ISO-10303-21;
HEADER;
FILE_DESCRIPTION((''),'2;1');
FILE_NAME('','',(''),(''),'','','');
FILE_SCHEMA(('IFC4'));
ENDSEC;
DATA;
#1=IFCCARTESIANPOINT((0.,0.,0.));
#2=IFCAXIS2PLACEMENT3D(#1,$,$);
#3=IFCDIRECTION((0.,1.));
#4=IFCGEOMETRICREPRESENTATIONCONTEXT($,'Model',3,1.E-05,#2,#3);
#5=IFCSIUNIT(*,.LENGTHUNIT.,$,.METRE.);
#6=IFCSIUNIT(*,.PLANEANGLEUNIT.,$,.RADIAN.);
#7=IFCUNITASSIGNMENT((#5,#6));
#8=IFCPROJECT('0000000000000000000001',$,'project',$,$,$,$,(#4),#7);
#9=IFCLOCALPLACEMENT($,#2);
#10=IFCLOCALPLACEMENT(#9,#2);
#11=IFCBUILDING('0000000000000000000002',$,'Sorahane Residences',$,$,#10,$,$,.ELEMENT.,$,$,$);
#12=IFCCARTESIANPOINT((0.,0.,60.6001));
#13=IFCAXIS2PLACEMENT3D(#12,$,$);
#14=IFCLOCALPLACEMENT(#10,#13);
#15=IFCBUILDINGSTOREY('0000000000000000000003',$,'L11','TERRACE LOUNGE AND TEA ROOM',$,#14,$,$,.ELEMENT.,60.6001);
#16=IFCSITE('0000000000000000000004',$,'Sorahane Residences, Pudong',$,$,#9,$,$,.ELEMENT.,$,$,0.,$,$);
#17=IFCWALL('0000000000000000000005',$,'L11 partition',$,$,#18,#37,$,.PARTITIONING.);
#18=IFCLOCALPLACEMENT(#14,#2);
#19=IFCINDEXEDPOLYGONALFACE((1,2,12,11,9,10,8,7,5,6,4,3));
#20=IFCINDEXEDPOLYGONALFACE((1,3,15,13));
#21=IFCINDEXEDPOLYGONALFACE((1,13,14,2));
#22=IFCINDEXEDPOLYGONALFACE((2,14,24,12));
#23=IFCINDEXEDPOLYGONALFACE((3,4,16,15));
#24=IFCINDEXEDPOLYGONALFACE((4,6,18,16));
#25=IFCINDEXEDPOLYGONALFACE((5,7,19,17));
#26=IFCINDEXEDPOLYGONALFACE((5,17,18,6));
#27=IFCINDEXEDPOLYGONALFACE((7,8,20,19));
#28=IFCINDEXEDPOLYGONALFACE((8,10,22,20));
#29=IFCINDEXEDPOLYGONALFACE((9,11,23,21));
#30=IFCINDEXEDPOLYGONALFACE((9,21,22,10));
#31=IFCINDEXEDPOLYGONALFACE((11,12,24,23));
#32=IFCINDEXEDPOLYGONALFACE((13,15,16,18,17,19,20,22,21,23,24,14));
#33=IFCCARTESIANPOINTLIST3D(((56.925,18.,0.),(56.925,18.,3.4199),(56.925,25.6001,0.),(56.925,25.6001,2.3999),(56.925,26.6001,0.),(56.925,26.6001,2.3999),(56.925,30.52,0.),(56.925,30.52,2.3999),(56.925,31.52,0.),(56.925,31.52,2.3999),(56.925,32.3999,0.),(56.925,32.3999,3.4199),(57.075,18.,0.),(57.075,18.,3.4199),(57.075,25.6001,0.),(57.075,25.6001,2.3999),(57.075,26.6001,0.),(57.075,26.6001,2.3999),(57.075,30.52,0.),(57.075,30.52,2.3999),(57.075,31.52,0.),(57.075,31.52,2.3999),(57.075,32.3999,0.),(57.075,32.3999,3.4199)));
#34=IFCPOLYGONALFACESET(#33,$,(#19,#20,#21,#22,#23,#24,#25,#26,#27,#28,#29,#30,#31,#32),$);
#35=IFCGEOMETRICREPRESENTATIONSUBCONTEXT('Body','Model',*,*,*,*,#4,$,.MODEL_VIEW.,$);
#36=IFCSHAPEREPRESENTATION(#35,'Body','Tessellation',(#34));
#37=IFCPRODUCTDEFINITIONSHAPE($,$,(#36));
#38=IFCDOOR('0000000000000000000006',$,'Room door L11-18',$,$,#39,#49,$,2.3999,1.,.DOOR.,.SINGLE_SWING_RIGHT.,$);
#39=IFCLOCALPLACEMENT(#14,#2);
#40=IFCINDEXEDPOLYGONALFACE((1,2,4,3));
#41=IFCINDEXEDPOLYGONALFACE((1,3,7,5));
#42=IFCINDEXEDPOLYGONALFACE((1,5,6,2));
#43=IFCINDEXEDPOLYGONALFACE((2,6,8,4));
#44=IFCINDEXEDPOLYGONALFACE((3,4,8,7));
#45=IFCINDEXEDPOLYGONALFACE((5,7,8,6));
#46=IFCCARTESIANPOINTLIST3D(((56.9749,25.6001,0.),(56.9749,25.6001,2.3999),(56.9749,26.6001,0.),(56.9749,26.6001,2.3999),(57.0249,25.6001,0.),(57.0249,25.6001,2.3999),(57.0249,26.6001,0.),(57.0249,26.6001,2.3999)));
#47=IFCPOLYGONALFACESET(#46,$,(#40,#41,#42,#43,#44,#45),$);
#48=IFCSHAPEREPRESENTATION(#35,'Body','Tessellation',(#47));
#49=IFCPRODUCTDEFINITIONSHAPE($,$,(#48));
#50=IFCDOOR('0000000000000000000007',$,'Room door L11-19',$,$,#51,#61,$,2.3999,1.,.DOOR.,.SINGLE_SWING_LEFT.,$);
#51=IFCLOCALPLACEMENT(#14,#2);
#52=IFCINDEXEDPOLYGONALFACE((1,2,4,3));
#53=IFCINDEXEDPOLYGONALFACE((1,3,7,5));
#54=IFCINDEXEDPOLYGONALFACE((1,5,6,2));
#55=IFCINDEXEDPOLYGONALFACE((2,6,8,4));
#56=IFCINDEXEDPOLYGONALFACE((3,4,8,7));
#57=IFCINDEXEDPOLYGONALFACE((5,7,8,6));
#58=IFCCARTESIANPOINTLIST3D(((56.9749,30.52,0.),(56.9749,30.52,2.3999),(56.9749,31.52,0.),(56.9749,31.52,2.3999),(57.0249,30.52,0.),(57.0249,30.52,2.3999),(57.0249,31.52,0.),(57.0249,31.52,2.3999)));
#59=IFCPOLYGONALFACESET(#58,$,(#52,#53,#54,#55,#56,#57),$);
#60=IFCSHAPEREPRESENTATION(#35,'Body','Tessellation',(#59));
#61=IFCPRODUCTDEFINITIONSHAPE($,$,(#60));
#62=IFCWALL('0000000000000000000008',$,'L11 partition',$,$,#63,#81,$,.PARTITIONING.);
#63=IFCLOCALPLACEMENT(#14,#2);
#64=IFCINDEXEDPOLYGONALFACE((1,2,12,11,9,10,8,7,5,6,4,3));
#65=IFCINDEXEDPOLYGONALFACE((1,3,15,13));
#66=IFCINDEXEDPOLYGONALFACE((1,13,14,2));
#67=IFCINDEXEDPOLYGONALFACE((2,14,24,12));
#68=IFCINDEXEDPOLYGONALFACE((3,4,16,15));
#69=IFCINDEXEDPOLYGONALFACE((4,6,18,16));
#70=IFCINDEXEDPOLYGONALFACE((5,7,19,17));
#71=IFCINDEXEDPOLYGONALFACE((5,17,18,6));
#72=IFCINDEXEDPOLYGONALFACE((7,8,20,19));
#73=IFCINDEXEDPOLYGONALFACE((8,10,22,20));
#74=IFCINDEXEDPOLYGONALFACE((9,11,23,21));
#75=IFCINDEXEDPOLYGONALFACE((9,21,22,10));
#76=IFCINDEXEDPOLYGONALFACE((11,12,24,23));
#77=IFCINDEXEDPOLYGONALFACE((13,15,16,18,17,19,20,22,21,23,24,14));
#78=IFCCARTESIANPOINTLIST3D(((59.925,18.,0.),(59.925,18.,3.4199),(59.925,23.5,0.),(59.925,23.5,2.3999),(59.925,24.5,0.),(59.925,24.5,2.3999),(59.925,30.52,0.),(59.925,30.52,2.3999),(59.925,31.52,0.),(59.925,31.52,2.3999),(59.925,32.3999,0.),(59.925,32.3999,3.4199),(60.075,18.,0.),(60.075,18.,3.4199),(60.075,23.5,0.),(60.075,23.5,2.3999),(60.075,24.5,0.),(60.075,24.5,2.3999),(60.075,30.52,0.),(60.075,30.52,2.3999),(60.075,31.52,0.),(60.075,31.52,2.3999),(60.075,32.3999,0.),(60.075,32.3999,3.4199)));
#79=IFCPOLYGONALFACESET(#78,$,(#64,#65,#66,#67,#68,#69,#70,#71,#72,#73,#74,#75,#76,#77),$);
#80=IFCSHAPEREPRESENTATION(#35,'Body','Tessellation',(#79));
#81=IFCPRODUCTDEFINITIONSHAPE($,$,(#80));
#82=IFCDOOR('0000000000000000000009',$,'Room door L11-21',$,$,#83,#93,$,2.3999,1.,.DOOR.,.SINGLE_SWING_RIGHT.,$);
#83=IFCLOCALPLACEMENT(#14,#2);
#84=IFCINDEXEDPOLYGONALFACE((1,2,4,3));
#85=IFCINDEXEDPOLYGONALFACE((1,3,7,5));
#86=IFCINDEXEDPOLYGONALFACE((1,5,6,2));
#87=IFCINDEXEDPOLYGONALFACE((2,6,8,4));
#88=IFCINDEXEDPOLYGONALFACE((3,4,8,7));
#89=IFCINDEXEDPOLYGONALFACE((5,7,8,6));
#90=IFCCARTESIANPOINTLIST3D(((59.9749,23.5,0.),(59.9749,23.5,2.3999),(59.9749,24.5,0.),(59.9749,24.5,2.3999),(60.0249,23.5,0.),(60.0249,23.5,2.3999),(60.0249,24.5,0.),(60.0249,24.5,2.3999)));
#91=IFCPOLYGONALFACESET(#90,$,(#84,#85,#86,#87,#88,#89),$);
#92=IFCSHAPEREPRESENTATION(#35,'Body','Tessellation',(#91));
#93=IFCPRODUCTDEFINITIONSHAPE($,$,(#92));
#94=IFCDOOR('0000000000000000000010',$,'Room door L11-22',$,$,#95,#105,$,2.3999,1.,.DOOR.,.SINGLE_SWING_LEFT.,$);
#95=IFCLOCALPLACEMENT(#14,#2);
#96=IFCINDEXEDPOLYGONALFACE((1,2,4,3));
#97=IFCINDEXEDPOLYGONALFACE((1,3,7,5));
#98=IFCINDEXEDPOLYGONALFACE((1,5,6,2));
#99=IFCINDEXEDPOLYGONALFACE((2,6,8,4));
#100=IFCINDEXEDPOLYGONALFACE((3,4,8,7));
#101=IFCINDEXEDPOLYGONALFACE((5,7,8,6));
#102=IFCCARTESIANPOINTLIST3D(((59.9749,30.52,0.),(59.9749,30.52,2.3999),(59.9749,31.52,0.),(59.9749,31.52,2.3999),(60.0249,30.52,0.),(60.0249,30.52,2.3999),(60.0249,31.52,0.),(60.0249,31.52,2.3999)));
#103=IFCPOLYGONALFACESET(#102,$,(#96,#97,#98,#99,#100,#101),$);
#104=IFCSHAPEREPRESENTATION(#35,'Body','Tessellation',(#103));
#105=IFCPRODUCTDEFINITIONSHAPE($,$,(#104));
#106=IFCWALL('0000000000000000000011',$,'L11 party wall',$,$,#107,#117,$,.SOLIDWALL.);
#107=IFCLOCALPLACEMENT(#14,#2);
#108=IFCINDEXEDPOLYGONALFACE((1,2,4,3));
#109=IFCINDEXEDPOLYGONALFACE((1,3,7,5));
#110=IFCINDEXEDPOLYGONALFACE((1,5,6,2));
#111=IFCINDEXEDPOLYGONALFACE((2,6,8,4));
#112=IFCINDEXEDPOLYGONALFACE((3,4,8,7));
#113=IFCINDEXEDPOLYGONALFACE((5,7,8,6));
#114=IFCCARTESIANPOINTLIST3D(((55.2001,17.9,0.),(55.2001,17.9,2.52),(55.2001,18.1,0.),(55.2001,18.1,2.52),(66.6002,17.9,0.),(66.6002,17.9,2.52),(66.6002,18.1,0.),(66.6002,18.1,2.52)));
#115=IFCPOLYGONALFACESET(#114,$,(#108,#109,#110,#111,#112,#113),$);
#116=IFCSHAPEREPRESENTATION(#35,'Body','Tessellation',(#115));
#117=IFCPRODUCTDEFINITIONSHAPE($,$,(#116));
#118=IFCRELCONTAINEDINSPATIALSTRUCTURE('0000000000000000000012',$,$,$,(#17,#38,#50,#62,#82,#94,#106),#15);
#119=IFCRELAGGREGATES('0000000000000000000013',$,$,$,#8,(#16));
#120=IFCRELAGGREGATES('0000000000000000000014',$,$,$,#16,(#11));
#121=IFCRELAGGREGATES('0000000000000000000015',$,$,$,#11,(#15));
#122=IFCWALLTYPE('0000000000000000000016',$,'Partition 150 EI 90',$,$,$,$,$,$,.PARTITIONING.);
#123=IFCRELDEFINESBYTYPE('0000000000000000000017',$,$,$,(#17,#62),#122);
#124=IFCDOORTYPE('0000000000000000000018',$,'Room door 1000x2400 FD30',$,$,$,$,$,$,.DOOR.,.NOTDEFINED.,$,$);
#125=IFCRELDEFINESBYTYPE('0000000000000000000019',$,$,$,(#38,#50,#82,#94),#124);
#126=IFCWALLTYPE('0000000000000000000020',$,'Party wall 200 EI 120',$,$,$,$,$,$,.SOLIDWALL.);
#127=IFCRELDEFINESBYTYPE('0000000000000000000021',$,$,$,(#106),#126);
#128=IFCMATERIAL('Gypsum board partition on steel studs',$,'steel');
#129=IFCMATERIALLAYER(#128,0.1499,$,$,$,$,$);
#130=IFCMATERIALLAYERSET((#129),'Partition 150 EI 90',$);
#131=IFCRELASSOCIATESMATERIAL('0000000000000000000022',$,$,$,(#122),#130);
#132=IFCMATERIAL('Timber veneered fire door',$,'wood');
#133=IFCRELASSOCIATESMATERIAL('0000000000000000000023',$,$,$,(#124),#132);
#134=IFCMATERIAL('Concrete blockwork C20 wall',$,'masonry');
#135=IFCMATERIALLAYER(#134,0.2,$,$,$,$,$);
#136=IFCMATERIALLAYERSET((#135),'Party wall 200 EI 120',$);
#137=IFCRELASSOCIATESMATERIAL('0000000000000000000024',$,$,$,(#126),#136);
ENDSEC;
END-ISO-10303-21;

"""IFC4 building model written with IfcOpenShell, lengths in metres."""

from ifc_helpers import new_model, si_unit, direction, frame, frame_2d, origin, place, context, subcontext, project, spatial, rectangle, extrude, material, layer, layer_set, type_object, element, fill, save


model = new_model("IFC4")

# Units and contexts
model_context = context("Model", 3, precision=1e-05, world=origin(), true_north=direction((0.0, 1.0)))
body_context = subcontext(model_context, "Body", "Model", "MODEL_VIEW")
ifc_project = project(units=[si_unit("LENGTHUNIT", "METRE"), si_unit("PLANEANGLEUNIT", "RADIAN")], contexts=[model_context])

# Site, building, storey
site_placement = place(None, origin())
site = spatial("IfcSite", under=ifc_project, at=site_placement, Name="Sorahane Residences, Pudong", CompositionType="ELEMENT", RefElevation=0.0)
building_placement = place(site_placement, origin())
building = spatial("IfcBuilding", under=site, at=building_placement, Name="Sorahane Residences", CompositionType="ELEMENT")
storey_placement = place(building_placement, frame((0.0, 0.0, 60.6001)))
storey = spatial("IfcBuildingStorey", under=building, at=storey_placement, Name="L11", Description="TERRACE LOUNGE AND TEA ROOM", CompositionType="ELEMENT", Elevation=60.6001)

# Walls, openings, doors
ifc_material_1 = material(Name="Gypsum board partition on steel studs", Category="steel")
ifc_layer_1 = layer(ifc_material_1, 0.1499)
ifc_layer_set_1 = layer_set([ifc_layer_1], Name="Partition 150 EI 90")
wall_type_1 = type_object("IfcWallType", Name="Partition 150 EI 90", PredefinedType="PARTITIONING", material=ifc_layer_set_1)
wall_1_placement = place(storey_placement, frame((57.0, 18.0, 0.0), z_axis=(0.0, 0.0, 1.0), x_axis=(0.0, 1.0, 0.0)))
wall_1 = element("IfcWall", 1, at=wall_1_placement, inside=storey, type_object=wall_type_1, Name="L11 partition", PredefinedType="PARTITIONING", context=body_context, shape_type="SweptSolid", body=[
    extrude(rectangle(XDim=14.3999, YDim=0.1499, at=frame_2d((7.2, 0.0))), origin(), (0.0, 0.0, 1.0), 3.4199),
])
opening_1_placement = place(wall_1_placement, frame((7.6001, 0.0, 0.0)))
opening_1 = element("IfcOpeningElement", 2, at=opening_1_placement, cuts=wall_1, PredefinedType="OPENING", context=body_context, shape_type="SweptSolid", body=[
    extrude(rectangle(XDim=1.0, YDim=2.3999, at=frame_2d((0.5, 1.2))), frame((0.0, 0.085, 0.0), z_axis=(0.0, -1.0, 0.0), x_axis=(1.0, 0.0, 0.0)), (0.0, 0.0, 1.0), 0.1699),
])
opening_2_placement = place(wall_1_placement, frame((12.52, 0.0, 0.0)))
opening_2 = element("IfcOpeningElement", 3, at=opening_2_placement, cuts=wall_1, PredefinedType="OPENING", context=body_context, shape_type="SweptSolid", body=[
    extrude(rectangle(XDim=1.0, YDim=2.3999, at=frame_2d((0.5, 1.2))), frame((0.0, 0.085, 0.0), z_axis=(0.0, -1.0, 0.0), x_axis=(1.0, 0.0, 0.0)), (0.0, 0.0, 1.0), 0.1699),
])
ifc_material_2 = material(Name="Timber veneered fire door", Category="wood")
door_type_1 = type_object("IfcDoorType", Name="Room door 1000x2400 FD30", OperationType="NOTDEFINED", PredefinedType="DOOR", material=ifc_material_2)
door_1_placement = place(opening_1_placement, frame((1.0, 0.0, 0.0), z_axis=(0.0, 0.0, 1.0), x_axis=(-1.0, 0.0, 0.0)))
door_1 = element("IfcDoor", 4, at=door_1_placement, inside=storey, type_object=door_type_1, Name="Room door L11-18", OperationType="SINGLE_SWING_RIGHT", OverallHeight=2.3999, OverallWidth=1.0, PredefinedType="DOOR", context=body_context, shape_type="SweptSolid", body=[
    extrude(rectangle(XDim=1.0, YDim=2.3999, at=frame_2d((0.5, 1.2))), frame((0.0, 0.0249, 0.0), z_axis=(0.0, -1.0, 0.0), x_axis=(1.0, 0.0, 0.0)), (0.0, 0.0, 1.0), 0.05),
])
fill(opening_1, door_1)
door_2_placement = place(opening_2_placement, frame((1.0, 0.0, 0.0), z_axis=(0.0, 0.0, 1.0), x_axis=(-1.0, 0.0, 0.0)))
door_2 = element("IfcDoor", 5, at=door_2_placement, inside=storey, type_object=door_type_1, Name="Room door L11-19", OperationType="SINGLE_SWING_LEFT", OverallHeight=2.3999, OverallWidth=1.0, PredefinedType="DOOR", context=body_context, shape_type="SweptSolid", body=[
    extrude(rectangle(XDim=1.0, YDim=2.3999, at=frame_2d((0.5, 1.2))), frame((0.0, 0.0249, 0.0), z_axis=(0.0, -1.0, 0.0), x_axis=(1.0, 0.0, 0.0)), (0.0, 0.0, 1.0), 0.05),
])
fill(opening_2, door_2)
wall_2_placement = place(storey_placement, frame((60.0, 18.0, 0.0), z_axis=(0.0, 0.0, 1.0), x_axis=(0.0, 1.0, 0.0)))
wall_2 = element("IfcWall", 6, at=wall_2_placement, inside=storey, type_object=wall_type_1, Name="L11 partition", PredefinedType="PARTITIONING", context=body_context, shape_type="SweptSolid", body=[
    extrude(rectangle(XDim=14.3999, YDim=0.1499, at=frame_2d((7.2, 0.0))), origin(), (0.0, 0.0, 1.0), 3.4199),
])
opening_3_placement = place(wall_2_placement, frame((5.5, 0.0, 0.0)))
opening_3 = element("IfcOpeningElement", 7, at=opening_3_placement, cuts=wall_2, PredefinedType="OPENING", context=body_context, shape_type="SweptSolid", body=[
    extrude(rectangle(XDim=1.0, YDim=2.3999, at=frame_2d((0.5, 1.2))), frame((0.0, 0.085, 0.0), z_axis=(0.0, -1.0, 0.0), x_axis=(1.0, 0.0, 0.0)), (0.0, 0.0, 1.0), 0.1699),
])
opening_4_placement = place(wall_2_placement, frame((12.52, 0.0, 0.0)))
opening_4 = element("IfcOpeningElement", 8, at=opening_4_placement, cuts=wall_2, PredefinedType="OPENING", context=body_context, shape_type="SweptSolid", body=[
    extrude(rectangle(XDim=1.0, YDim=2.3999, at=frame_2d((0.5, 1.2))), frame((0.0, 0.085, 0.0), z_axis=(0.0, -1.0, 0.0), x_axis=(1.0, 0.0, 0.0)), (0.0, 0.0, 1.0), 0.1699),
])
door_3_placement = place(opening_3_placement, frame((1.0, 0.0, 0.0), z_axis=(0.0, 0.0, 1.0), x_axis=(-1.0, 0.0, 0.0)))
door_3 = element("IfcDoor", 9, at=door_3_placement, inside=storey, type_object=door_type_1, Name="Room door L11-21", OperationType="SINGLE_SWING_RIGHT", OverallHeight=2.3999, OverallWidth=1.0, PredefinedType="DOOR", context=body_context, shape_type="SweptSolid", body=[
    extrude(rectangle(XDim=1.0, YDim=2.3999, at=frame_2d((0.5, 1.2))), frame((0.0, 0.0249, 0.0), z_axis=(0.0, -1.0, 0.0), x_axis=(1.0, 0.0, 0.0)), (0.0, 0.0, 1.0), 0.05),
])
fill(opening_3, door_3)
door_4_placement = place(opening_4_placement, frame((1.0, 0.0, 0.0), z_axis=(0.0, 0.0, 1.0), x_axis=(-1.0, 0.0, 0.0)))
door_4 = element("IfcDoor", 10, at=door_4_placement, inside=storey, type_object=door_type_1, Name="Room door L11-22", OperationType="SINGLE_SWING_LEFT", OverallHeight=2.3999, OverallWidth=1.0, PredefinedType="DOOR", context=body_context, shape_type="SweptSolid", body=[
    extrude(rectangle(XDim=1.0, YDim=2.3999, at=frame_2d((0.5, 1.2))), frame((0.0, 0.0249, 0.0), z_axis=(0.0, -1.0, 0.0), x_axis=(1.0, 0.0, 0.0)), (0.0, 0.0, 1.0), 0.05),
])
fill(opening_4, door_4)

# Wall
ifc_material_3 = material(Name="Concrete blockwork C20 wall", Category="masonry")
ifc_layer_2 = layer(ifc_material_3, 0.2)
ifc_layer_set_2 = layer_set([ifc_layer_2], Name="Party wall 200 EI 120")
wall_type_2 = type_object("IfcWallType", Name="Party wall 200 EI 120", PredefinedType="SOLIDWALL", material=ifc_layer_set_2)
wall_3_placement = place(storey_placement, frame((55.2, 18.0, 0.0), z_axis=(0.0, 0.0, 1.0), x_axis=(1.0, 0.0, 0.0)))
element("IfcWall", 11, at=wall_3_placement, inside=storey, type_object=wall_type_2, Name="L11 party wall", PredefinedType="SOLIDWALL", context=body_context, shape_type="SweptSolid", body=[
    extrude(rectangle(XDim=11.4001, YDim=0.2, at=frame_2d((5.7002, 0.0))), origin(), (0.0, 0.0, 1.0), 2.52),
])

save(model, "model.ifc")
